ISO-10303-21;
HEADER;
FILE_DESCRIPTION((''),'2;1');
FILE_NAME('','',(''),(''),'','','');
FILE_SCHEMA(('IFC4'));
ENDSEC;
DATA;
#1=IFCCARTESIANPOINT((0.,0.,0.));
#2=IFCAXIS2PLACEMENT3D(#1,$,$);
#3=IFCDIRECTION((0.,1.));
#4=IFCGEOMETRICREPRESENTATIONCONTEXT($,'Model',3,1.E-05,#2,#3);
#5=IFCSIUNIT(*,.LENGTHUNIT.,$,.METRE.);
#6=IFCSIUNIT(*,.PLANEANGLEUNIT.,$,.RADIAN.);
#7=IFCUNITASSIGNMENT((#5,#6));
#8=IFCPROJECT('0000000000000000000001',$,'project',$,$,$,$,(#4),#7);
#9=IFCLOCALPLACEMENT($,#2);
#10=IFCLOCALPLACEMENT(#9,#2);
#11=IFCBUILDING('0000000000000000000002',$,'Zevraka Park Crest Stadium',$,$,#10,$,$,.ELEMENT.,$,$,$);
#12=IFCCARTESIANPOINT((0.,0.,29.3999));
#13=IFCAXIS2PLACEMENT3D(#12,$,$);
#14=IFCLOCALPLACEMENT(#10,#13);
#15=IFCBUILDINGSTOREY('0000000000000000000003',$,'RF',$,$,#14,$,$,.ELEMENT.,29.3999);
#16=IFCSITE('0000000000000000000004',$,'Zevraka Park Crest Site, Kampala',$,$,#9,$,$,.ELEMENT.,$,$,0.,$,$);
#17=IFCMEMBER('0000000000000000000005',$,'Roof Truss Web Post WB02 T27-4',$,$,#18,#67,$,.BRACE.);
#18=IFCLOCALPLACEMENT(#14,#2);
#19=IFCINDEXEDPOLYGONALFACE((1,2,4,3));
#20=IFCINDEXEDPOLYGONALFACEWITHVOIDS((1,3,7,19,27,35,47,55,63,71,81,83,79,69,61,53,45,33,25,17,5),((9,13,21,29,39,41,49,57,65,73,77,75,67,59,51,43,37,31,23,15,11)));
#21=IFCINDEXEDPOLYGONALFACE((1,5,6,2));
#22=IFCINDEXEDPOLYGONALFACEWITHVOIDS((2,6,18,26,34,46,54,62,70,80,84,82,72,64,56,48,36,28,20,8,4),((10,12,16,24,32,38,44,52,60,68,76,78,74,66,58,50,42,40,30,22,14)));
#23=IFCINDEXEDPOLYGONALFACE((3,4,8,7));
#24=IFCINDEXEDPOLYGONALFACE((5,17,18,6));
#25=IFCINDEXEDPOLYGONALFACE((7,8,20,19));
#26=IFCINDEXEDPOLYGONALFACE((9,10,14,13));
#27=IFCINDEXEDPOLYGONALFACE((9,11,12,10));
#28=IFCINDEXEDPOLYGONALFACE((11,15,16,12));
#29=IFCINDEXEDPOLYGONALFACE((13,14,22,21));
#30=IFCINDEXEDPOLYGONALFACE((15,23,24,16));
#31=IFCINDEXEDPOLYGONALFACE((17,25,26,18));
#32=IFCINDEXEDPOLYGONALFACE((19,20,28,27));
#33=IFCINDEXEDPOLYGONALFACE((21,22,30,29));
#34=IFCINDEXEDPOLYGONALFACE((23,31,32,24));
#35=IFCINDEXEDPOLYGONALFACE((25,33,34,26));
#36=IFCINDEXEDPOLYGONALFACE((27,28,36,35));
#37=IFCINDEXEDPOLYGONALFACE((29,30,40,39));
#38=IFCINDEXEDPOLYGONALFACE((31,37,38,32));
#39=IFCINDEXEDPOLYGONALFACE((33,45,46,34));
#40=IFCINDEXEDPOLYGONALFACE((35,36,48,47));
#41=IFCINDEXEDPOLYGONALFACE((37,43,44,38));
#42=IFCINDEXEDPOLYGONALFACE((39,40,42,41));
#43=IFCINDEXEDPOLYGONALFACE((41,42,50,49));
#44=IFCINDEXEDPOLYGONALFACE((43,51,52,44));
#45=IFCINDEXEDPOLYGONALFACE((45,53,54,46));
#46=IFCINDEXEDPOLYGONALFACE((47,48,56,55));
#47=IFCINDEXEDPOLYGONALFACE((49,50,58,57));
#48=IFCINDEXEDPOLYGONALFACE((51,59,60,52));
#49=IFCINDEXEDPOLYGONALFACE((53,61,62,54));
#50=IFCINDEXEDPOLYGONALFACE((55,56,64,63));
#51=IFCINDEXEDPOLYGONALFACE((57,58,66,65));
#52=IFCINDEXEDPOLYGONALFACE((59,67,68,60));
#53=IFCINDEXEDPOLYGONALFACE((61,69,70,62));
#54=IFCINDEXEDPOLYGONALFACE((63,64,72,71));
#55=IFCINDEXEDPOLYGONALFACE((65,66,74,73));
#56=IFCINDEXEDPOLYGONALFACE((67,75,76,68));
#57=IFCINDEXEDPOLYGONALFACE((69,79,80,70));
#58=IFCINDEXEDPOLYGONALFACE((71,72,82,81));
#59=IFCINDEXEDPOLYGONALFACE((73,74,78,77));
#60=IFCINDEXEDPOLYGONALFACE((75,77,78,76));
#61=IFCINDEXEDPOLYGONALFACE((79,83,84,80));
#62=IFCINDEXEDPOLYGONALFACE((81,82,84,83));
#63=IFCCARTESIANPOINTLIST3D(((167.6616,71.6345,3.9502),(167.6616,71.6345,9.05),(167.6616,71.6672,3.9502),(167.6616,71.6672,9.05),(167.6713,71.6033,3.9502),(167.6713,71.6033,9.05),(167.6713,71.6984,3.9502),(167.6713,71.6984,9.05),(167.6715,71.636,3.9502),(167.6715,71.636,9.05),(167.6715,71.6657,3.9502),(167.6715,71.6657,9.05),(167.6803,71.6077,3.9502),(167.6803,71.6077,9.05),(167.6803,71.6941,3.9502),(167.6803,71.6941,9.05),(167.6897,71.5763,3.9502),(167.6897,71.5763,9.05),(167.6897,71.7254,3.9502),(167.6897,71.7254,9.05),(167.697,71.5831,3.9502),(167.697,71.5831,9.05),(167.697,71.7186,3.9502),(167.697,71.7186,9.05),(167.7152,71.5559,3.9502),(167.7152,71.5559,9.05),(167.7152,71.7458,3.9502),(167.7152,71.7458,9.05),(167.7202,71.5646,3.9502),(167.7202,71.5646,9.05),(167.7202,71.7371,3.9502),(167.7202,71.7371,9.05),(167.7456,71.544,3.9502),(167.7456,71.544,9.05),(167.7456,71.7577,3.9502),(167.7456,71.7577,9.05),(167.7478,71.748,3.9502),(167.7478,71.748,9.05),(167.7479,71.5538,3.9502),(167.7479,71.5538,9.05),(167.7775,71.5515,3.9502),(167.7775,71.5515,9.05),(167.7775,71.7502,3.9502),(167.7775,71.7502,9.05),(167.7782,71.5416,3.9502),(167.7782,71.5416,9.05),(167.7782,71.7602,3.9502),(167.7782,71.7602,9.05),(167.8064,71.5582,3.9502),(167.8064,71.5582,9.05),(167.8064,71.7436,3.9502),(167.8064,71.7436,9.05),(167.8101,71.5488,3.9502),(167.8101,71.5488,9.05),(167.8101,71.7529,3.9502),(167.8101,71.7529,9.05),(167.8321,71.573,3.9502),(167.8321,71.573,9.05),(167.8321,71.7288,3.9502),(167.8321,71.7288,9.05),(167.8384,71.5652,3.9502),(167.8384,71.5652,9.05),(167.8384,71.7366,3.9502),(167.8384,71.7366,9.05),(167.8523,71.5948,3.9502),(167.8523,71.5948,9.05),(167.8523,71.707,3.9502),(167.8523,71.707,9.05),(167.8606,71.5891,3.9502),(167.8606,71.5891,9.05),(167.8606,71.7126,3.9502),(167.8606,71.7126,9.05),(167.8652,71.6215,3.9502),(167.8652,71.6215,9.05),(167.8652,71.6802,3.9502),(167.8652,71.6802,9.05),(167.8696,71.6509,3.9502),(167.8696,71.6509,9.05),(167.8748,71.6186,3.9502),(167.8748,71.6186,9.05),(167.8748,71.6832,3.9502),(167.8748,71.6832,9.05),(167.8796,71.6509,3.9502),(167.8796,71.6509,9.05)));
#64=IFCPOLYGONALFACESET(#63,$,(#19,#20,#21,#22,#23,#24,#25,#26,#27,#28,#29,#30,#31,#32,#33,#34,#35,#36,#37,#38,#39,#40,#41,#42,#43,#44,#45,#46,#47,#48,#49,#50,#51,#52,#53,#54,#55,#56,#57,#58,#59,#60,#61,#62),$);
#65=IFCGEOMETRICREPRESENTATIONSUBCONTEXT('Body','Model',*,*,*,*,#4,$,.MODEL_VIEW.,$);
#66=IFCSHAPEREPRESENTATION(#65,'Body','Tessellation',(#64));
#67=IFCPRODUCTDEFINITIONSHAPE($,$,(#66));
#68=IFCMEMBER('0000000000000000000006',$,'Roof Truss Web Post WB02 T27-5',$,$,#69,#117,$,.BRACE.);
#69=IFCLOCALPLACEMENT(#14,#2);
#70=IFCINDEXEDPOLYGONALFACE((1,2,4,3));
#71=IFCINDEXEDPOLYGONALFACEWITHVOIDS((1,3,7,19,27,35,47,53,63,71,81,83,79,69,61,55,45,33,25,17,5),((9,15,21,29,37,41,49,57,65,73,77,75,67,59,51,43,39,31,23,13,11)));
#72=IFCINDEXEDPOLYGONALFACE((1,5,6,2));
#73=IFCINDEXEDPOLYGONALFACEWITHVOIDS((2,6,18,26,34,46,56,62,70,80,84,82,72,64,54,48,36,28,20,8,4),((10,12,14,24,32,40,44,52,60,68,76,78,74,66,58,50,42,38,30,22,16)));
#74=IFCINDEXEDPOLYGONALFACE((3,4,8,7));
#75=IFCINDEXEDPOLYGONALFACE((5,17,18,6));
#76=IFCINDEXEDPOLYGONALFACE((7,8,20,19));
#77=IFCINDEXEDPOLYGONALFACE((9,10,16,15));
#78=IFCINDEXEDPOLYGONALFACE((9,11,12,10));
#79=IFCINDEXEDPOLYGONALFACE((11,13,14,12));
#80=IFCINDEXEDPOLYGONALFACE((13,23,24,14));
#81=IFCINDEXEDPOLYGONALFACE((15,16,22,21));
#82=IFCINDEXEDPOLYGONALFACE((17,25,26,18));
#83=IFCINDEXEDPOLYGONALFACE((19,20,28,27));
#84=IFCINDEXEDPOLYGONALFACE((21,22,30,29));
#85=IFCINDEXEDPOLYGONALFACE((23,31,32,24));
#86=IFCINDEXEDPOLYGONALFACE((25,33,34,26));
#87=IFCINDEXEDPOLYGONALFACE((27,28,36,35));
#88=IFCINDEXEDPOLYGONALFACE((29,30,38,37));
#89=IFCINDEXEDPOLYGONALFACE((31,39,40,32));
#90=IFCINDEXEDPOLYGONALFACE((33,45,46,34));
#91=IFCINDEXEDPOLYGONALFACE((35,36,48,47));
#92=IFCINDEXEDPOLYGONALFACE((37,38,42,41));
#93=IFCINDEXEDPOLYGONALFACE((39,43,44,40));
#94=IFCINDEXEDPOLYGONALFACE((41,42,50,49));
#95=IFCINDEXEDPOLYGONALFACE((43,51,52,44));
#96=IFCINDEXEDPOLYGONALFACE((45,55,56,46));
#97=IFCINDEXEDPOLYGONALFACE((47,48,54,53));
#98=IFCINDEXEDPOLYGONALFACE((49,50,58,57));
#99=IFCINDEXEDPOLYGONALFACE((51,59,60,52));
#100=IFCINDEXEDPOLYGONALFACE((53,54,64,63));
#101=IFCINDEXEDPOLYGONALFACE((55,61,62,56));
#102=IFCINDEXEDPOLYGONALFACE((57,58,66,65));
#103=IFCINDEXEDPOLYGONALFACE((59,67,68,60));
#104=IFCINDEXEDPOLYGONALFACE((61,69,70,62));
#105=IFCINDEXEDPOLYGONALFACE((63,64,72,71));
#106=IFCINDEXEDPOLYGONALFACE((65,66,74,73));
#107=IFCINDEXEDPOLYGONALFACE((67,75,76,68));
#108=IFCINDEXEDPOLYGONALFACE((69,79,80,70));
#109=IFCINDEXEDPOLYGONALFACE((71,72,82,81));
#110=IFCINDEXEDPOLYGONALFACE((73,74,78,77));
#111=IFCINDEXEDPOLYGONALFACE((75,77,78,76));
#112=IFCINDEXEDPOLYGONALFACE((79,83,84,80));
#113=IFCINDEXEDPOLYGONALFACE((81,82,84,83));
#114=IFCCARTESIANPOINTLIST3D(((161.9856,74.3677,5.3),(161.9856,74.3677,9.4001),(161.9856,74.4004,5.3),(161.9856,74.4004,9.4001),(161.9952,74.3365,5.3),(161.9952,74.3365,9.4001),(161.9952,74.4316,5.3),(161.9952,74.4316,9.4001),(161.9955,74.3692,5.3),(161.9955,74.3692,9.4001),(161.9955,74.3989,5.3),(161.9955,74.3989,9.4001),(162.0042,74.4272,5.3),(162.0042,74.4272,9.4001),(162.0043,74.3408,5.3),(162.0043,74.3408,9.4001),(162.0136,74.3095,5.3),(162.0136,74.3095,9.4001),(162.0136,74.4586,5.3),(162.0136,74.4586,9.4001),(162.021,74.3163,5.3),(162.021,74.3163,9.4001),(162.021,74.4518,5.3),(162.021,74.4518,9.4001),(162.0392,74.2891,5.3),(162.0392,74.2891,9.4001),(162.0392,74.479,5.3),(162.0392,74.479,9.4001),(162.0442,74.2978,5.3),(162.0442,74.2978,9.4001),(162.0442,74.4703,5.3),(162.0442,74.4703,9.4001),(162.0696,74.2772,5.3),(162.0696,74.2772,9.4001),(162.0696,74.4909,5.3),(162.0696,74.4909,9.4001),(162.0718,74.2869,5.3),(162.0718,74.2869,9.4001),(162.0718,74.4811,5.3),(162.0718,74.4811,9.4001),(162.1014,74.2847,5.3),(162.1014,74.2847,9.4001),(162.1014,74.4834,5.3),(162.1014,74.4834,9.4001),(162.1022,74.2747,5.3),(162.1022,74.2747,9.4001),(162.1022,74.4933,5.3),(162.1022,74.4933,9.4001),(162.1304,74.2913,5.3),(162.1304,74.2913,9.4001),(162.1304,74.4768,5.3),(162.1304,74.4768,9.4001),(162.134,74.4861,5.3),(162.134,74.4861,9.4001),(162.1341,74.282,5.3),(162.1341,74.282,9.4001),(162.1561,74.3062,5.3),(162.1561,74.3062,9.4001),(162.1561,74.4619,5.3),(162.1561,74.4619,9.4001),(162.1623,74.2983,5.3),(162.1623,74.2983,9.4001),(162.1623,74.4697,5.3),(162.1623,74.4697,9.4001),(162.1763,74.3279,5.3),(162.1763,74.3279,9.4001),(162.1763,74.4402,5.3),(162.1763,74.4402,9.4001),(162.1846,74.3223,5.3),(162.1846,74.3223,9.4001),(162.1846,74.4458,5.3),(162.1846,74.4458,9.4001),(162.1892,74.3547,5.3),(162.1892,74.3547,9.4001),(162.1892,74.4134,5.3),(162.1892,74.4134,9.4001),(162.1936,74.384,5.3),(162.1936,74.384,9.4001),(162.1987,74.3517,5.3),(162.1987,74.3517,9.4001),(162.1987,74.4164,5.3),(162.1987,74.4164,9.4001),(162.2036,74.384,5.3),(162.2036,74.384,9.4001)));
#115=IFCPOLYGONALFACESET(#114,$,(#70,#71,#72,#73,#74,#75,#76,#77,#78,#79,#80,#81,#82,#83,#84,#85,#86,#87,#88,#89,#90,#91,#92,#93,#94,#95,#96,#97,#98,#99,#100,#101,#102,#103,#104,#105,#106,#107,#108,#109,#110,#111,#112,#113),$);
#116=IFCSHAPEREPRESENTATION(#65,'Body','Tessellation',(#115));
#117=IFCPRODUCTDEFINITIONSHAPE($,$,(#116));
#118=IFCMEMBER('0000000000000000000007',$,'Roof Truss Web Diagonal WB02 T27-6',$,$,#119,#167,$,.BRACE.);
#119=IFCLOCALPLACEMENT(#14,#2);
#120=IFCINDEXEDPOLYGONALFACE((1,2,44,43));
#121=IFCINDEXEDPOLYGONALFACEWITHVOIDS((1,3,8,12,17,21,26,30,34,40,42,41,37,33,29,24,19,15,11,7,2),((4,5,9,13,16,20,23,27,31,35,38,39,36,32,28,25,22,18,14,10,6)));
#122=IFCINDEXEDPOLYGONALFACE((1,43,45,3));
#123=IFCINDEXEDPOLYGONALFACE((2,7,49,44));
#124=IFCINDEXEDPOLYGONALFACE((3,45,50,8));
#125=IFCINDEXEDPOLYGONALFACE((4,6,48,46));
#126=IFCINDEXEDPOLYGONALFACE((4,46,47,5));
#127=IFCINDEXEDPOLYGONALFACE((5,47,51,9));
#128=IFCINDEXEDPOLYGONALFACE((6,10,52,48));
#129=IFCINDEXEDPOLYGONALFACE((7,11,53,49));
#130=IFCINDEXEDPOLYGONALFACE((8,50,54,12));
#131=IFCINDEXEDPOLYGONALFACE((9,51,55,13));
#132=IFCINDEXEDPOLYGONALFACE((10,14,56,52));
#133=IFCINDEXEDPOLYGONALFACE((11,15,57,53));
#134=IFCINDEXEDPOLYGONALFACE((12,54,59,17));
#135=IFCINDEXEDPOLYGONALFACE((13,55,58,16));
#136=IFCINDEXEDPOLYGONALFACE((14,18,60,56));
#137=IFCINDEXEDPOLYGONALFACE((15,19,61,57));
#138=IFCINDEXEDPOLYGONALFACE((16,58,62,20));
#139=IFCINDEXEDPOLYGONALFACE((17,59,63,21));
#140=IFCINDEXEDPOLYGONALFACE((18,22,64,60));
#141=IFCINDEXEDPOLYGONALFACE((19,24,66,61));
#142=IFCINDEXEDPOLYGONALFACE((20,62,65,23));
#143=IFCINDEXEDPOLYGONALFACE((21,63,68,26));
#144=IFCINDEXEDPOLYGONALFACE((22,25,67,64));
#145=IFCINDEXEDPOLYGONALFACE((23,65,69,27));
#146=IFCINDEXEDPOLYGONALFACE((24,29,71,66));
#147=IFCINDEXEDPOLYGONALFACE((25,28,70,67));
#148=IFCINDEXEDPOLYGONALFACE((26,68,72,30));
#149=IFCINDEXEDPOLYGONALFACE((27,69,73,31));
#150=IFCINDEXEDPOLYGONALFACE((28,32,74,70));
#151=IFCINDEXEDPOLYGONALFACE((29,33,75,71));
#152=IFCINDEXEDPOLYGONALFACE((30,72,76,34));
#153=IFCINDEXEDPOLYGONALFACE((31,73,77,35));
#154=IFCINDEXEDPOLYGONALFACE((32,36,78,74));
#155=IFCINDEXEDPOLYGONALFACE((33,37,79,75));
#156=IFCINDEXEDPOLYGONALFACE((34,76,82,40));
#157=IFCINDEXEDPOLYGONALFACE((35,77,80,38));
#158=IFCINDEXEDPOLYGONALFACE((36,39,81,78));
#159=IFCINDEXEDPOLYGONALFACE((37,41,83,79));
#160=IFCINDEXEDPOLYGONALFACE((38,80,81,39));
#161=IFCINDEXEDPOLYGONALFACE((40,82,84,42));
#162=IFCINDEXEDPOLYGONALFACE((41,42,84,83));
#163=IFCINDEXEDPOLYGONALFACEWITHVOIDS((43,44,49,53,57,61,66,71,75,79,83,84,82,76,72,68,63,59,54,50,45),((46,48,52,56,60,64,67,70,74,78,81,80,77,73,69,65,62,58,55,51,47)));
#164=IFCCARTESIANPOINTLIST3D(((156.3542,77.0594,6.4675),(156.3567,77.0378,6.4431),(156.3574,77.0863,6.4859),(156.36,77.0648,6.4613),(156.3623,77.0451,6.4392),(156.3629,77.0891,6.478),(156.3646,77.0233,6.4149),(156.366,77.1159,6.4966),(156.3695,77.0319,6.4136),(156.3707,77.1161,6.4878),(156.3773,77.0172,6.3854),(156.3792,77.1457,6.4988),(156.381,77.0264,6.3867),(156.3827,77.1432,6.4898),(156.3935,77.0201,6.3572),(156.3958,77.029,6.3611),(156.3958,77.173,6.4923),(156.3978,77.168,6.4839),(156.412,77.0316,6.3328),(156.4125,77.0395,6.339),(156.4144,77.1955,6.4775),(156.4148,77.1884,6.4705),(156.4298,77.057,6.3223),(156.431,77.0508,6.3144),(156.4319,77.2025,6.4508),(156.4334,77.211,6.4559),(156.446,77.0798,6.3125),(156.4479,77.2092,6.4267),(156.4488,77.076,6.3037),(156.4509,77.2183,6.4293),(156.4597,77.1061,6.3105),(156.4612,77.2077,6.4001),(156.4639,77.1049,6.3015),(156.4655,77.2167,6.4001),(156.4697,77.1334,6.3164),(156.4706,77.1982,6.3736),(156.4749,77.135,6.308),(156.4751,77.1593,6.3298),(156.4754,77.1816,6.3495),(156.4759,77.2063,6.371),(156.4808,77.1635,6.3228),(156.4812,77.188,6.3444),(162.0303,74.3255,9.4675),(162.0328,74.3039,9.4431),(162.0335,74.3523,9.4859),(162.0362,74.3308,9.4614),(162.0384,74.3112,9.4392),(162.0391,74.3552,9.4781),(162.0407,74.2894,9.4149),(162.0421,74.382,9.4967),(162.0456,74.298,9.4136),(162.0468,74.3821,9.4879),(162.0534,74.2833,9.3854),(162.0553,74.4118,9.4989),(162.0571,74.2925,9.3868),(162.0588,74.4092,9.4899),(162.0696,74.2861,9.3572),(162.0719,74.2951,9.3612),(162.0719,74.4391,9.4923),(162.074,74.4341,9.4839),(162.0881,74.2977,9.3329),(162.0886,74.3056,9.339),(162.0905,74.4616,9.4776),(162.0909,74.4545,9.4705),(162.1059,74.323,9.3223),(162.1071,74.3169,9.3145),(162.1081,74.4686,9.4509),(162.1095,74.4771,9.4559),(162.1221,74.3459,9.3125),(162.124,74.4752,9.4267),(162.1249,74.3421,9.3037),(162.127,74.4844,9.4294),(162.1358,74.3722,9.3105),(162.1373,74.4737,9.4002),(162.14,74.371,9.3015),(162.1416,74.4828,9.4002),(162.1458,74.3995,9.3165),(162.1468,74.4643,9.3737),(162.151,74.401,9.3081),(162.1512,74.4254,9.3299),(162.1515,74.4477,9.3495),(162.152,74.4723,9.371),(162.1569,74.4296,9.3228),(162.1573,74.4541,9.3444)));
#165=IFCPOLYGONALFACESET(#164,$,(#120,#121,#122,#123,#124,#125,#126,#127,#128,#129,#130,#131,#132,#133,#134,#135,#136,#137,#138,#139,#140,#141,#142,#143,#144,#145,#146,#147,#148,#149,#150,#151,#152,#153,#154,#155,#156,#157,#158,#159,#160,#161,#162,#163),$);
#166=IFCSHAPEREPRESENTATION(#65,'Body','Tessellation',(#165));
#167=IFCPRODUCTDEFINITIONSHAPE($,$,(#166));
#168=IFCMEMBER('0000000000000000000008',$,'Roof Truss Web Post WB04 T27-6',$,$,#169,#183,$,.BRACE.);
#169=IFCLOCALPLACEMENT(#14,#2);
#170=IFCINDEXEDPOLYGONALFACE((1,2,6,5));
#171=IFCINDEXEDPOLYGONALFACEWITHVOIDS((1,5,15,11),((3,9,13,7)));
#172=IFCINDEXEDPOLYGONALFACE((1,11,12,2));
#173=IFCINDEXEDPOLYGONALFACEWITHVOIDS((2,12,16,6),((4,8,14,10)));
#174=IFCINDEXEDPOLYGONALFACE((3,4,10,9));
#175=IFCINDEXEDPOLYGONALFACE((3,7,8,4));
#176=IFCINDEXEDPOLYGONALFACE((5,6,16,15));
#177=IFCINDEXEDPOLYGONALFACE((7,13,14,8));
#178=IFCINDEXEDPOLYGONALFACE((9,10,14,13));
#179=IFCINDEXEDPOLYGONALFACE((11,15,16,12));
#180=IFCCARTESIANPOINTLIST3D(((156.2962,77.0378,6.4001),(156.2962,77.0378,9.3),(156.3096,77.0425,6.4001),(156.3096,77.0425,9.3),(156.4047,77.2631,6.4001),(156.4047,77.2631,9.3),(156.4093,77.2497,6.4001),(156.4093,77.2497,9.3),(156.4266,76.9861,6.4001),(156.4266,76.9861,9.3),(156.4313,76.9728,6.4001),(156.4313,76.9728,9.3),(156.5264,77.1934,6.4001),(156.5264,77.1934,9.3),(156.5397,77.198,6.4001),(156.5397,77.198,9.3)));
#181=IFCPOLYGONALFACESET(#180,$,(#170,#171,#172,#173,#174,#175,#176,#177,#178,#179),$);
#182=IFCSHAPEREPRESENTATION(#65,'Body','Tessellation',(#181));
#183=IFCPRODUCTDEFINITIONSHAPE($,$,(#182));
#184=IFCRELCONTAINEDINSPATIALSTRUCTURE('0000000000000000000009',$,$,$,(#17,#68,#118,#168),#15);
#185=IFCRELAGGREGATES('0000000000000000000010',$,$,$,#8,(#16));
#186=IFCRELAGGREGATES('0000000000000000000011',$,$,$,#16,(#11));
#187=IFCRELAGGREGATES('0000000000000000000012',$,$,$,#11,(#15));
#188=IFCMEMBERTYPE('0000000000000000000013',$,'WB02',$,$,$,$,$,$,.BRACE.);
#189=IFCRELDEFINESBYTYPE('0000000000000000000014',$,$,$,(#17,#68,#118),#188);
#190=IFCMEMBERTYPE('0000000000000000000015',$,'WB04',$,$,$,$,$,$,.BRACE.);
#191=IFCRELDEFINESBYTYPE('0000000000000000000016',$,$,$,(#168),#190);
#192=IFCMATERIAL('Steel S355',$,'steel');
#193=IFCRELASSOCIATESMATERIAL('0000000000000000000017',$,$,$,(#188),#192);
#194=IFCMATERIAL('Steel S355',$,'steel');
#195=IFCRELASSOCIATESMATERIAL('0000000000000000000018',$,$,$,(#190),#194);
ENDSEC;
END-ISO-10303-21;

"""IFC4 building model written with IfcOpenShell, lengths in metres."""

from ifc_helpers import new_model, si_unit, direction, frame, origin, origin_2d, place, context, subcontext, project, spatial, hollow_rectangle, hollow_circle, extrude, material, material_profile, profile_set, type_object, element, save


model = new_model("IFC4")

# Units and contexts
model_context = context("Model", 3, precision=1e-05, world=origin(), true_north=direction((0.0, 1.0)))
body_context = subcontext(model_context, "Body", "Model", "MODEL_VIEW")
ifc_project = project(units=[si_unit("LENGTHUNIT", "METRE"), si_unit("PLANEANGLEUNIT", "RADIAN")], contexts=[model_context])

# Site, building, storey
site_placement = place(None, origin())
site = spatial("IfcSite", under=ifc_project, at=site_placement, Name="Zevraka Park Crest Site, Kampala", CompositionType="ELEMENT", RefElevation=0.0)
building_placement = place(site_placement, origin())
building = spatial("IfcBuilding", under=site, at=building_placement, Name="Zevraka Park Crest Stadium", CompositionType="ELEMENT")
storey_placement = place(building_placement, frame((0.0, 0.0, 29.3999)))
storey = spatial("IfcBuildingStorey", under=building, at=storey_placement, Name="RF", CompositionType="ELEMENT", Elevation=29.3999)

# Members
ifc_material_1 = material(Name="Steel S355", Category="steel")
ifc_material_profile_1 = material_profile(ifc_material_1, hollow_circle(Radius=0.1096, WallThickness=0.01, at=origin_2d()), Name="CHS 219.1x10")
ifc_profile_set_1 = profile_set([ifc_material_profile_1], Name="Steel S355")
member_type_1 = type_object("IfcMemberType", Name="WB02", PredefinedType="BRACE", material=ifc_profile_set_1)
member_1_placement = place(storey_placement, frame((167.77, 71.6509, 3.9502), z_axis=(0.0, 0.0, 1.0), x_axis=(-0.901001, 0.433816, 0.0)))
element("IfcMember", 1, at=member_1_placement, inside=storey, type_object=member_type_1, Name="Roof Truss Web Post WB02 T27-4", PredefinedType="BRACE", context=body_context, shape_type="SweptSolid", body=[
    extrude(hollow_circle(Radius=0.1096, WallThickness=0.01, at=origin_2d()), origin(), (0.0, 0.0, 1.0), 5.0999),
])
member_2_placement = place(storey_placement, frame((162.094, 74.384, 5.3), z_axis=(0.0, 0.0, 1.0), x_axis=(-0.901001, 0.433816, 0.0)))
element("IfcMember", 2, at=member_2_placement, inside=storey, type_object=member_type_1, Name="Roof Truss Web Post WB02 T27-5", PredefinedType="BRACE", context=body_context, shape_type="SweptSolid", body=[
    extrude(hollow_circle(Radius=0.1096, WallThickness=0.01, at=origin_2d()), origin(), (0.0, 0.0, 1.0), 4.1001),
])
member_3_placement = place(storey_placement, frame((156.418, 77.1179, 6.4001), z_axis=(0.813426, -0.391791, 0.429927), x_axis=(0.433943, 0.900941, 0.0)))
element("IfcMember", 3, at=member_3_placement, inside=storey, type_object=member_type_1, Name="Roof Truss Web Diagonal WB02 T27-6", PredefinedType="BRACE", context=body_context, shape_type="SweptSolid", body=[
    extrude(hollow_circle(Radius=0.1096, WallThickness=0.01, at=origin_2d()), origin(), (0.0, 0.0, 1.0), 6.978),
])
ifc_material_2 = material(Name="Steel S355", Category="steel")
ifc_material_profile_2 = material_profile(ifc_material_2, hollow_rectangle(XDim=0.1499, YDim=0.25, WallThickness=0.01, at=origin_2d()), Name="RHS 250x150x10")
ifc_profile_set_2 = profile_set([ifc_material_profile_2], Name="Steel S355")
member_type_2 = type_object("IfcMemberType", Name="WB04", PredefinedType="BRACE", material=ifc_profile_set_2)
member_4_placement = place(storey_placement, frame((156.418, 77.1179, 6.4001), z_axis=(0.0, 0.0, 1.0), x_axis=(-0.901001, 0.433816, 0.0)))
element("IfcMember", 4, at=member_4_placement, inside=storey, type_object=member_type_2, Name="Roof Truss Web Post WB04 T27-6", PredefinedType="BRACE", context=body_context, shape_type="SweptSolid", body=[
    extrude(hollow_rectangle(XDim=0.1499, YDim=0.25, WallThickness=0.01, at=origin_2d()), origin(), (0.0, 0.0, 1.0), 2.8999),
])

save(model, "model.ifc")
